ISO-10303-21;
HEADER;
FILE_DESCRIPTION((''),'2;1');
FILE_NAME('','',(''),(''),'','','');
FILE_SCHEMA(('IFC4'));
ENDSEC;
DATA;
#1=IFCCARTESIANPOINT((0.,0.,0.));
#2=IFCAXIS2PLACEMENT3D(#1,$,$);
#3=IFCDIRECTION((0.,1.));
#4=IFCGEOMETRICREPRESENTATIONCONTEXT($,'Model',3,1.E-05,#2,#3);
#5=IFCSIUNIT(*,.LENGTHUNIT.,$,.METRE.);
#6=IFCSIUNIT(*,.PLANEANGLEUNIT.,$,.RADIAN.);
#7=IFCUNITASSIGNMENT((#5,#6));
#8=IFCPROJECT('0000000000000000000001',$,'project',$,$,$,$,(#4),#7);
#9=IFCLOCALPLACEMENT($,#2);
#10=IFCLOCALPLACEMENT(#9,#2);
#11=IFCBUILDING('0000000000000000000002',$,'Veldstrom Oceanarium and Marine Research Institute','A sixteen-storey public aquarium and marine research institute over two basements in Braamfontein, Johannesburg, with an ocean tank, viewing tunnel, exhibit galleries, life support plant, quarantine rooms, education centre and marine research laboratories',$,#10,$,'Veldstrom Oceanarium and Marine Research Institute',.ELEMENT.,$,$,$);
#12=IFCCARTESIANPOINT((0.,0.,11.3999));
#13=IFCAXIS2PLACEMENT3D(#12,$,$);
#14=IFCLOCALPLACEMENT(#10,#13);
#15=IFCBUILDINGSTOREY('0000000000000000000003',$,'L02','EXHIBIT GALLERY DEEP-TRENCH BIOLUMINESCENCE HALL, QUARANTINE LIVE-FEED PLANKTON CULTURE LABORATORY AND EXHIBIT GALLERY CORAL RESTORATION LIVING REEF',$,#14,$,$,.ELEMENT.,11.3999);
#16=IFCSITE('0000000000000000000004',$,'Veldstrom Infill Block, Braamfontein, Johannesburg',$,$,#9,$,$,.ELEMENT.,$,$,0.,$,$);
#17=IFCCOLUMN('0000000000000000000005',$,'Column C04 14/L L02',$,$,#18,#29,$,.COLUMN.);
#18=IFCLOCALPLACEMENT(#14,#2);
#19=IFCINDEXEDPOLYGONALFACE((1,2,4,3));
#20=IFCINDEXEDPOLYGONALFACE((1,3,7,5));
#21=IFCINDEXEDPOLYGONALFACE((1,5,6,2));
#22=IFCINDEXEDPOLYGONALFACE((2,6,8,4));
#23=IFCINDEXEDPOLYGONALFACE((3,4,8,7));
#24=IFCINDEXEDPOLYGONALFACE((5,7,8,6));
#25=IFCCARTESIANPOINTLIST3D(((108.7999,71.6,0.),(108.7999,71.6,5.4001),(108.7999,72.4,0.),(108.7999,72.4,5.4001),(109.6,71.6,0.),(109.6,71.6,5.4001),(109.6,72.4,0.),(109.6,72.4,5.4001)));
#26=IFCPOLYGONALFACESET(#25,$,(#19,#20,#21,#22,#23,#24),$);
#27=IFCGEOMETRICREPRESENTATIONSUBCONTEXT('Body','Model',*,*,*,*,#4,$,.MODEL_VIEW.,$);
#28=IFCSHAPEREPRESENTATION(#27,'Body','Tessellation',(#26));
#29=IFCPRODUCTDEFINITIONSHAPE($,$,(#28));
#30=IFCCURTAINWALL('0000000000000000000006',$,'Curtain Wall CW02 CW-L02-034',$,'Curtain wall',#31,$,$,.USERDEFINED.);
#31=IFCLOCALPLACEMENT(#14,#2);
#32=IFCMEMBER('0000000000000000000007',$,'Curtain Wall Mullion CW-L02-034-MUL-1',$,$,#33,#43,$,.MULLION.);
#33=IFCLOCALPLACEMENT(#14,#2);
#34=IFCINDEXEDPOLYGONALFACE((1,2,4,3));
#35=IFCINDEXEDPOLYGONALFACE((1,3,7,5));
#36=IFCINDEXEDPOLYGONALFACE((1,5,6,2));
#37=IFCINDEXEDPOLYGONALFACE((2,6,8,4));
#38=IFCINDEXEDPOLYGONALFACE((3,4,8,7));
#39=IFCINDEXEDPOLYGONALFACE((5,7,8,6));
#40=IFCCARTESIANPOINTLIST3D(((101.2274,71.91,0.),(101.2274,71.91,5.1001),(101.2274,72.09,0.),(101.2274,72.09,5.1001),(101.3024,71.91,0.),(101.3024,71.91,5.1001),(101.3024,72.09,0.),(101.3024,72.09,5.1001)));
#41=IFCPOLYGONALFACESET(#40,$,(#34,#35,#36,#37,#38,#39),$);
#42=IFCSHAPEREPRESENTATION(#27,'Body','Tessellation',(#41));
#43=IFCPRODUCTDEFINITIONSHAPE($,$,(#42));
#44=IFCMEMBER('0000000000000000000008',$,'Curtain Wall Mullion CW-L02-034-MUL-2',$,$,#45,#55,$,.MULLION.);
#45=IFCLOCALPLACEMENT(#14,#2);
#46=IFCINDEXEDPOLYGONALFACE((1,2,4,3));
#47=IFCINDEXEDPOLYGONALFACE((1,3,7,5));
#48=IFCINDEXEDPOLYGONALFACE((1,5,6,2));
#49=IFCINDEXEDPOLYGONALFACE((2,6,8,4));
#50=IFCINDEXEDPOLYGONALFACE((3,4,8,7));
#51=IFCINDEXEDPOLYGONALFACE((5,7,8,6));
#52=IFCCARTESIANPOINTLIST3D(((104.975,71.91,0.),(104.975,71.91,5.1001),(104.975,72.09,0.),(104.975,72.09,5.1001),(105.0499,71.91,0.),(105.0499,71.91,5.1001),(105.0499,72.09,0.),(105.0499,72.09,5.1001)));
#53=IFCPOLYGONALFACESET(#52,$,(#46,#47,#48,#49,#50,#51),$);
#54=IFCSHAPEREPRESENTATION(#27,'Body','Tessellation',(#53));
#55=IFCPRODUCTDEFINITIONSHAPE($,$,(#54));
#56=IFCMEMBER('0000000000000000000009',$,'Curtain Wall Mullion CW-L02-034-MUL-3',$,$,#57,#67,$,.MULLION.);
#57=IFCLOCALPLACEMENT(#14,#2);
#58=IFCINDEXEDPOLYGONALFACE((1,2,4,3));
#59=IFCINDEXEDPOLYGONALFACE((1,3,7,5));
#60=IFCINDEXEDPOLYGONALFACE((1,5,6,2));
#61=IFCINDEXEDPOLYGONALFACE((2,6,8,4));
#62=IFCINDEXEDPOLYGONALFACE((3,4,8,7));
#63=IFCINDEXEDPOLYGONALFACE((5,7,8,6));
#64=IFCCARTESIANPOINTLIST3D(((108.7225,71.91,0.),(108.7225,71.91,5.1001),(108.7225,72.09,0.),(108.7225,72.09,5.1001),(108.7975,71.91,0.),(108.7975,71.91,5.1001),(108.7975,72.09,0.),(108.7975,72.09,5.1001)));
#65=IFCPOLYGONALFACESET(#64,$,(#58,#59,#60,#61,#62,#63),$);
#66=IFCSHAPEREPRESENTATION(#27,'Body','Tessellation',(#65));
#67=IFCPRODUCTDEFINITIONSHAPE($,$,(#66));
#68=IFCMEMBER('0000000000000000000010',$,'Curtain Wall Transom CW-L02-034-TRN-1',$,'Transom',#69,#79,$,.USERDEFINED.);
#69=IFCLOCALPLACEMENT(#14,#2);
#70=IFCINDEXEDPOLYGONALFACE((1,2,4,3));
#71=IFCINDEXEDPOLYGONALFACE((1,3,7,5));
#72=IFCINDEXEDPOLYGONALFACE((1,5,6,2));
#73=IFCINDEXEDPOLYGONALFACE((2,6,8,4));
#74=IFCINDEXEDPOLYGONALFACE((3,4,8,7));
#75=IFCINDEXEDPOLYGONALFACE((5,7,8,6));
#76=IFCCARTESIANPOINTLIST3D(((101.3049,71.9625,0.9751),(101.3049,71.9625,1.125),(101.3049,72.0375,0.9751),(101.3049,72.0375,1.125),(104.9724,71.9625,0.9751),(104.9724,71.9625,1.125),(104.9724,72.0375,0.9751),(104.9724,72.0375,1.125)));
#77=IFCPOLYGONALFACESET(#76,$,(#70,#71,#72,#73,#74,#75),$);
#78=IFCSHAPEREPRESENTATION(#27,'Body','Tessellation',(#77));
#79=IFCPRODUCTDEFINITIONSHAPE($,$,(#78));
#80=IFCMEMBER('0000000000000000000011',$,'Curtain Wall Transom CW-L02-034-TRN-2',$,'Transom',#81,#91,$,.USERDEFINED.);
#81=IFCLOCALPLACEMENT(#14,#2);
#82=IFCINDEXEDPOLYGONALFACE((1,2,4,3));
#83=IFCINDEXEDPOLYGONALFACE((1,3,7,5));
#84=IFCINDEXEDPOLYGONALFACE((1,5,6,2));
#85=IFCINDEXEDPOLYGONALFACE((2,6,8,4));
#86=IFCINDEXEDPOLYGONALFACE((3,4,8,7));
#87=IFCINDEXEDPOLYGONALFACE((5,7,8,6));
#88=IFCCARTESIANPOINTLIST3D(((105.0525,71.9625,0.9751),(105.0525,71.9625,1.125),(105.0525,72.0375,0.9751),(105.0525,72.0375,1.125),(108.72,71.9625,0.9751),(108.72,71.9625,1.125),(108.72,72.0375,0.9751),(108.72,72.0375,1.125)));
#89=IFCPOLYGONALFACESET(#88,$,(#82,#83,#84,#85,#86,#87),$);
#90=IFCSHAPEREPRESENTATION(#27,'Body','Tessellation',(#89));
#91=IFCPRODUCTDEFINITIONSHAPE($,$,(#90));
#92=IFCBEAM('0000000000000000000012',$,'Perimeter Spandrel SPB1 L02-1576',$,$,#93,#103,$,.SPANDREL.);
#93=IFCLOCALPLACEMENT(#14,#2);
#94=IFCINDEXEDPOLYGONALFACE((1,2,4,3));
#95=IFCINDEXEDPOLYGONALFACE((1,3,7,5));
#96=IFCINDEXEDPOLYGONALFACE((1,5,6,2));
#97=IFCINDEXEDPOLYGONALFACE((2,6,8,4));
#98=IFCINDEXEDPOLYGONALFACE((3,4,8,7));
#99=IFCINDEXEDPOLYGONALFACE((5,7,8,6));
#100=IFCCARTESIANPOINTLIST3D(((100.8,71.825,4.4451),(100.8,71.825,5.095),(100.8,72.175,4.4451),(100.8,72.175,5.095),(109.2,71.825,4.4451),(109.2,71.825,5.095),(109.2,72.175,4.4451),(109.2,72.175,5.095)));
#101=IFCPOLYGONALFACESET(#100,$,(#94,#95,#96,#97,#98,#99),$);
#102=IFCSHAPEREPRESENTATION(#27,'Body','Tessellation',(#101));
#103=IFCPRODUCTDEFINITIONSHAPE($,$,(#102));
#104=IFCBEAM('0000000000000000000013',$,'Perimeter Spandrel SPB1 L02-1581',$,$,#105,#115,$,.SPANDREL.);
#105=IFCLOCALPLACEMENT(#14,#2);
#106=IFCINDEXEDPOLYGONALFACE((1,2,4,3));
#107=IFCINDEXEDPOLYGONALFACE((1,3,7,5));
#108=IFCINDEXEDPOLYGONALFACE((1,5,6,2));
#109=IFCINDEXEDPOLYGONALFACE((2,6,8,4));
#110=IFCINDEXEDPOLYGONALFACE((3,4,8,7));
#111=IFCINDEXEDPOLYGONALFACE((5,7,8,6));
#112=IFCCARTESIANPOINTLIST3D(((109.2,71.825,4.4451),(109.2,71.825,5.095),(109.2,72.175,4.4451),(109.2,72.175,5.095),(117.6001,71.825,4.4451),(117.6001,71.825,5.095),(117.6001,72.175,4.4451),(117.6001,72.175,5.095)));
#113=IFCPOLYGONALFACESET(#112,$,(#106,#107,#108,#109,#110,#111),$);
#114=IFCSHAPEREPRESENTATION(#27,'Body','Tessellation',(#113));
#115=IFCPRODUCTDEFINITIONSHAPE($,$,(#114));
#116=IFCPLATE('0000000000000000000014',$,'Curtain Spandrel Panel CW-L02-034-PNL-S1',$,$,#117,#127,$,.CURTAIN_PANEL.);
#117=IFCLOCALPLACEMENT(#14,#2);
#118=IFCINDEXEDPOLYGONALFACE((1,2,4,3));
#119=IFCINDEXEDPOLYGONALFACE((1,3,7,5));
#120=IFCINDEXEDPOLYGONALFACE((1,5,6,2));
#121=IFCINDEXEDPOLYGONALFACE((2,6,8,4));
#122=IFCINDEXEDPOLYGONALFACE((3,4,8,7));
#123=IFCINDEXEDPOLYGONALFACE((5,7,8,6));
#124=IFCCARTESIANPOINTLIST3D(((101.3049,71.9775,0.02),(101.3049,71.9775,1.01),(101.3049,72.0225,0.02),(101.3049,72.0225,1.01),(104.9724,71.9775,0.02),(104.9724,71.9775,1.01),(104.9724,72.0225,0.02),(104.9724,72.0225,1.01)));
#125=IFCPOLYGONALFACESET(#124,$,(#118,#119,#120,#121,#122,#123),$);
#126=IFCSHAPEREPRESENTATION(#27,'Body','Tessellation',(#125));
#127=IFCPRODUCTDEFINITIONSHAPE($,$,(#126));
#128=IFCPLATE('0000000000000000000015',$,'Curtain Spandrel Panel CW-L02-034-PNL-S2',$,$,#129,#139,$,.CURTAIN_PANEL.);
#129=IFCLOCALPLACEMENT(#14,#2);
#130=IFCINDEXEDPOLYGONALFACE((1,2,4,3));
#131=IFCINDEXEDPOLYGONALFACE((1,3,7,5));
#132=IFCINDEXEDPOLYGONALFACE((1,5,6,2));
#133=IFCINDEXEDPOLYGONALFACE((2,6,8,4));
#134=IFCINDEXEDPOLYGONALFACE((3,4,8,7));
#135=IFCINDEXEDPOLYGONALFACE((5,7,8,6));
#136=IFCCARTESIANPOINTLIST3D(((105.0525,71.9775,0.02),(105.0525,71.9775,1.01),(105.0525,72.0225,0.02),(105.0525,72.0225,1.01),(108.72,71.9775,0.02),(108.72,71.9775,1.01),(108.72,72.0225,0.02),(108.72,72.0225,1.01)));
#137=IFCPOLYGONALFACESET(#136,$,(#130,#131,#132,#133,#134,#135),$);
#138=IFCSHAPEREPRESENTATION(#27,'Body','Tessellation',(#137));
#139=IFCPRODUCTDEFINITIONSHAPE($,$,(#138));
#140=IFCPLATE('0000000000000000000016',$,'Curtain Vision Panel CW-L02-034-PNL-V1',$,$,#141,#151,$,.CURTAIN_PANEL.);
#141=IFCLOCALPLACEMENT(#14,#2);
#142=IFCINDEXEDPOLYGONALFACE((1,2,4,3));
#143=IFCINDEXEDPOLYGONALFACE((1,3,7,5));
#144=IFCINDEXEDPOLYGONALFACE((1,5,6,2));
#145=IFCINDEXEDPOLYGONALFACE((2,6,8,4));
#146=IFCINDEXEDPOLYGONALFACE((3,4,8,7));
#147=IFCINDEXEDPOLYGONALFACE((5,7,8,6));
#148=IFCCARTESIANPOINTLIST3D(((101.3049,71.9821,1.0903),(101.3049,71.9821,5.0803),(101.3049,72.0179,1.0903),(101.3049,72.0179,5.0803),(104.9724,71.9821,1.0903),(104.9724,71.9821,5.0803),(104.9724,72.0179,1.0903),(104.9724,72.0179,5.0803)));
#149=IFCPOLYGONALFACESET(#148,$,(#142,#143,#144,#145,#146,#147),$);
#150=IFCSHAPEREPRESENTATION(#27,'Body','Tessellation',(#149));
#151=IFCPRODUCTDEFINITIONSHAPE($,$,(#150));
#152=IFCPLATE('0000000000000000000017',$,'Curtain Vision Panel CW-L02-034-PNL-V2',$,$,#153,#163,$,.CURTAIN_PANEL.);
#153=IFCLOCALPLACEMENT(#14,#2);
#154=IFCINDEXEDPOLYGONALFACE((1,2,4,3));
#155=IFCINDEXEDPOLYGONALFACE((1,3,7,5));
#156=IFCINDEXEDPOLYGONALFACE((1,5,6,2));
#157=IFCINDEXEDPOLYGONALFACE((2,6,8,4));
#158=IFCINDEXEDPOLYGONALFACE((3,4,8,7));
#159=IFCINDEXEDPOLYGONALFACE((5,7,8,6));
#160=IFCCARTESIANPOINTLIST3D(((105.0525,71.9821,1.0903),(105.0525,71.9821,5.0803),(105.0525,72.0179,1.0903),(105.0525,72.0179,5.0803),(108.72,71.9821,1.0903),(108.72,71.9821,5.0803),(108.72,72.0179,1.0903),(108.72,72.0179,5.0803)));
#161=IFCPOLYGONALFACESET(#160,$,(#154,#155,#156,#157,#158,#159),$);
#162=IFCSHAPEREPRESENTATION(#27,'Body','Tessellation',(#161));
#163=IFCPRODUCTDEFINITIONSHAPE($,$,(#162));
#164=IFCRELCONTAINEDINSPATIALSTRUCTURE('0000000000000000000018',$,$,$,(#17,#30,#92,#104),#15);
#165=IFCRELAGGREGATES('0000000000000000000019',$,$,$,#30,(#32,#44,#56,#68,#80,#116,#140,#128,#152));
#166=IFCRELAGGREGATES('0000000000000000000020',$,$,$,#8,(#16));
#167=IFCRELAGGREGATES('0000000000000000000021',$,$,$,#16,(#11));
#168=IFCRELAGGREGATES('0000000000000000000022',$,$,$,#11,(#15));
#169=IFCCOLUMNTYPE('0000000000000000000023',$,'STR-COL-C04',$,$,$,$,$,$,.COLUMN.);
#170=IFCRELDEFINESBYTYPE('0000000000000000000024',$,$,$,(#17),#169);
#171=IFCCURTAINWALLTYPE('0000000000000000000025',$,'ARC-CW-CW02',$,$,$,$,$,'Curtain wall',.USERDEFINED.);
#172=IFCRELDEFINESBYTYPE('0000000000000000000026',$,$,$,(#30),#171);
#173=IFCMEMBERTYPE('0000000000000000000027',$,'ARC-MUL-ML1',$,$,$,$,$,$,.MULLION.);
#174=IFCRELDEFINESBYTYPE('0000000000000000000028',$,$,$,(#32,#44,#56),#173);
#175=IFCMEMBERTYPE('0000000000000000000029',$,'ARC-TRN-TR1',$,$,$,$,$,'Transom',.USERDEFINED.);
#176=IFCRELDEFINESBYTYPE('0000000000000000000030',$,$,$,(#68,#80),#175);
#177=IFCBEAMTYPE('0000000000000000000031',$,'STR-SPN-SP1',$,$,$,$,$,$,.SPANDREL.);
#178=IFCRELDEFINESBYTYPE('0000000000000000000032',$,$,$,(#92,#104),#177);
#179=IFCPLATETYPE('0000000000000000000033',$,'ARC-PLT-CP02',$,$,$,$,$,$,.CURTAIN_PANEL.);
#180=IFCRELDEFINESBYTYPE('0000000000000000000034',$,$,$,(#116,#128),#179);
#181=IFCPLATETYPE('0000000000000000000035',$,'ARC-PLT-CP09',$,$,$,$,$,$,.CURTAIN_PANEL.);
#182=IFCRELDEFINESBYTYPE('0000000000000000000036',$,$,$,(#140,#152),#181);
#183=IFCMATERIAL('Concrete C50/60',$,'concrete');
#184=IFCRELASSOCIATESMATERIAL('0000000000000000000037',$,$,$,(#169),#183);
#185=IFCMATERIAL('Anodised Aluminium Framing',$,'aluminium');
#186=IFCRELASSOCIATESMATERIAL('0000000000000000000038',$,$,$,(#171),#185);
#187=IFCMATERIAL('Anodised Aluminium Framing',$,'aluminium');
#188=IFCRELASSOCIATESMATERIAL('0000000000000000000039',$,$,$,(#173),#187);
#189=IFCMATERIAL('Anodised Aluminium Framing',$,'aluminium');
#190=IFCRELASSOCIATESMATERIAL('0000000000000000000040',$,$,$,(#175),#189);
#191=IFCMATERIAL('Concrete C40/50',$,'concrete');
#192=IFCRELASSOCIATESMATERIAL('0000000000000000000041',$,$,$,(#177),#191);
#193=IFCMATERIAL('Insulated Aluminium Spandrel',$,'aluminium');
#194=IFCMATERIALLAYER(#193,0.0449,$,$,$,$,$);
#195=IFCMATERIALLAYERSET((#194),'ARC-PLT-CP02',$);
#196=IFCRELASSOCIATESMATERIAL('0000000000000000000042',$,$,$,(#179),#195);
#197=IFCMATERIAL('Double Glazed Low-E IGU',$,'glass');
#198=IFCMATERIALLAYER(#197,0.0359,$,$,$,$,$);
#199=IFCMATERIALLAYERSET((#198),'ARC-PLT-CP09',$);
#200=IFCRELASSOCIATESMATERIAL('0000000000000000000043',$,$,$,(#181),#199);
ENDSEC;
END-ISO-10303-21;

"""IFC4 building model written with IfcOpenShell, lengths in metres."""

from ifc_helpers import new_model, si_unit, direction, frame, origin, origin_2d, place, context, subcontext, project, spatial, rectangle, extrude, material, layer, layer_set, material_profile, profile_set, type_object, element, aggregate, save


model = new_model("IFC4")

# Units and contexts
model_context = context("Model", 3, precision=1e-05, world=origin(), true_north=direction((0.0, 1.0)))
body_context = subcontext(model_context, "Body", "Model", "MODEL_VIEW")
ifc_project = project(units=[si_unit("LENGTHUNIT", "METRE"), si_unit("PLANEANGLEUNIT", "RADIAN")], contexts=[model_context])

# Site, building, storey
site_placement = place(None, origin())
site = spatial("IfcSite", under=ifc_project, at=site_placement, Name="Veldstrom Infill Block, Braamfontein, Johannesburg", CompositionType="ELEMENT", RefElevation=0.0)
building_placement = place(site_placement, origin())
building = spatial("IfcBuilding", under=site, at=building_placement, Name="Veldstrom Oceanarium and Marine Research Institute", Description="A sixteen-storey public aquarium and marine research institute over two basements in Braamfontein, Johannesburg, with an ocean tank, viewing tunnel, exhibit galleries, life support plant, quarantine rooms, education centre and marine research laboratories", LongName="Veldstrom Oceanarium and Marine Research Institute", CompositionType="ELEMENT")
storey_placement = place(building_placement, frame((0.0, 0.0, 11.3999)))
storey = spatial("IfcBuildingStorey", under=building, at=storey_placement, Name="L02", Description="EXHIBIT GALLERY DEEP-TRENCH BIOLUMINESCENCE HALL, QUARANTINE LIVE-FEED PLANKTON CULTURE LABORATORY AND EXHIBIT GALLERY CORAL RESTORATION LIVING REEF", CompositionType="ELEMENT", Elevation=11.3999)

# Column
ifc_material_1 = material(Name="Concrete C50/60", Category="concrete")
ifc_material_profile_1 = material_profile(ifc_material_1, rectangle(XDim=0.8, YDim=0.8, at=origin_2d()), Name="RC-COL-800x800")
ifc_profile_set_1 = profile_set([ifc_material_profile_1], Name="Concrete C50/60")
column_type = type_object("IfcColumnType", Name="STR-COL-C04", PredefinedType="COLUMN", material=ifc_profile_set_1)
column_placement = place(storey_placement, frame((109.2, 72.0, 0.0), z_axis=(0.0, 0.0, 1.0), x_axis=(1.0, 0.0, 0.0)))
element("IfcColumn", 1, at=column_placement, inside=storey, type_object=column_type, Name="Column C04 14/L L02", PredefinedType="COLUMN", context=body_context, shape_type="SweptSolid", body=[
    extrude(rectangle(XDim=0.8, YDim=0.8, at=origin_2d()), origin(), (0.0, 0.0, 1.0), 5.4001),
])

# Curtain wall, members
ifc_material_2 = material(Name="Anodised Aluminium Framing", Category="aluminium")
curtain_wall_type = type_object("IfcCurtainWallType", Name="ARC-CW-CW02", ElementType="Curtain wall", PredefinedType="USERDEFINED", material=ifc_material_2)
curtain_wall_placement = place(storey_placement, origin())
curtain_wall = element("IfcCurtainWall", 2, at=curtain_wall_placement, inside=storey, type_object=curtain_wall_type, Name="Curtain Wall CW02 CW-L02-034", ObjectType="Curtain wall", PredefinedType="USERDEFINED")
ifc_material_3 = material(Name="Anodised Aluminium Framing", Category="aluminium")
ifc_material_profile_2 = material_profile(ifc_material_3, rectangle(XDim=0.075, YDim=0.1799, at=origin_2d()), Name="ALU-MUL-75x180")
ifc_profile_set_2 = profile_set([ifc_material_profile_2], Name="Anodised Aluminium Framing")
member_type_1 = type_object("IfcMemberType", Name="ARC-MUL-ML1", PredefinedType="MULLION", material=ifc_profile_set_2)
member_1_placement = place(storey_placement, frame((101.2649, 72.0, 0.0), z_axis=(0.0, 0.0, 1.0), x_axis=(1.0, 0.0, 0.0)))
member_1 = element("IfcMember", 3, at=member_1_placement, type_object=member_type_1, Name="Curtain Wall Mullion CW-L02-034-MUL-1", PredefinedType="MULLION", context=body_context, shape_type="SweptSolid", body=[
    extrude(rectangle(XDim=0.075, YDim=0.1799, at=origin_2d()), origin(), (0.0, 0.0, 1.0), 5.1001),
])
member_2_placement = place(storey_placement, frame((105.0125, 72.0, 0.0), z_axis=(0.0, 0.0, 1.0), x_axis=(1.0, 0.0, 0.0)))
member_2 = element("IfcMember", 4, at=member_2_placement, type_object=member_type_1, Name="Curtain Wall Mullion CW-L02-034-MUL-2", PredefinedType="MULLION", context=body_context, shape_type="SweptSolid", body=[
    extrude(rectangle(XDim=0.075, YDim=0.1799, at=origin_2d()), origin(), (0.0, 0.0, 1.0), 5.1001),
])
member_3_placement = place(storey_placement, frame((108.76, 72.0, 0.0), z_axis=(0.0, 0.0, 1.0), x_axis=(1.0, 0.0, 0.0)))
member_3 = element("IfcMember", 5, at=member_3_placement, type_object=member_type_1, Name="Curtain Wall Mullion CW-L02-034-MUL-3", PredefinedType="MULLION", context=body_context, shape_type="SweptSolid", body=[
    extrude(rectangle(XDim=0.075, YDim=0.1799, at=origin_2d()), origin(), (0.0, 0.0, 1.0), 5.1001),
])
ifc_material_4 = material(Name="Anodised Aluminium Framing", Category="aluminium")
ifc_material_profile_3 = material_profile(ifc_material_4, rectangle(XDim=0.075, YDim=0.1499, at=origin_2d()), Name="ALU-TRN-75x150")
ifc_profile_set_3 = profile_set([ifc_material_profile_3], Name="Anodised Aluminium Framing")
member_type_2 = type_object("IfcMemberType", Name="ARC-TRN-TR1", ElementType="Transom", PredefinedType="USERDEFINED", material=ifc_profile_set_3)
member_4_placement = place(storey_placement, frame((101.3049, 72.0, 1.05), z_axis=(1.0, 0.0, 0.0), x_axis=(0.0, 1.0, 0.0)))
member_4 = element("IfcMember", 6, at=member_4_placement, type_object=member_type_2, Name="Curtain Wall Transom CW-L02-034-TRN-1", ObjectType="Transom", PredefinedType="USERDEFINED", context=body_context, shape_type="SweptSolid", body=[
    extrude(rectangle(XDim=0.075, YDim=0.1499, at=origin_2d()), origin(), (0.0, 0.0, 1.0), 3.6675),
])
member_5_placement = place(storey_placement, frame((105.0525, 72.0, 1.05), z_axis=(1.0, 0.0, 0.0), x_axis=(0.0, 1.0, 0.0)))
member_5 = element("IfcMember", 7, at=member_5_placement, type_object=member_type_2, Name="Curtain Wall Transom CW-L02-034-TRN-2", ObjectType="Transom", PredefinedType="USERDEFINED", context=body_context, shape_type="SweptSolid", body=[
    extrude(rectangle(XDim=0.075, YDim=0.1499, at=origin_2d()), origin(), (0.0, 0.0, 1.0), 3.6675),
])

# Beams
ifc_material_5 = material(Name="Concrete C40/50", Category="concrete")
ifc_material_profile_4 = material_profile(ifc_material_5, rectangle(XDim=0.3501, YDim=0.6499, at=origin_2d()), Name="RC-SPN-350x650")
ifc_profile_set_4 = profile_set([ifc_material_profile_4], Name="Concrete C40/50")
beam_type = type_object("IfcBeamType", Name="STR-SPN-SP1", PredefinedType="SPANDREL", material=ifc_profile_set_4)
beam_1_placement = place(storey_placement, frame((100.8, 72.0, 4.77), z_axis=(1.0, 0.0, 0.0), x_axis=(0.0, 1.0, 0.0)))
element("IfcBeam", 8, at=beam_1_placement, inside=storey, type_object=beam_type, Name="Perimeter Spandrel SPB1 L02-1576", PredefinedType="SPANDREL", context=body_context, shape_type="SweptSolid", body=[
    extrude(rectangle(XDim=0.3501, YDim=0.6499, at=origin_2d()), origin(), (0.0, 0.0, 1.0), 8.3999),
])
beam_2_placement = place(storey_placement, frame((109.2, 72.0, 4.77), z_axis=(1.0, 0.0, 0.0), x_axis=(0.0, 1.0, 0.0)))
element("IfcBeam", 9, at=beam_2_placement, inside=storey, type_object=beam_type, Name="Perimeter Spandrel SPB1 L02-1581", PredefinedType="SPANDREL", context=body_context, shape_type="SweptSolid", body=[
    extrude(rectangle(XDim=0.3501, YDim=0.6499, at=origin_2d()), origin(), (0.0, 0.0, 1.0), 8.4001),
])

# Plates
ifc_material_6 = material(Name="Insulated Aluminium Spandrel", Category="aluminium")
ifc_layer_1 = layer(ifc_material_6, 0.0449)
ifc_layer_set_1 = layer_set([ifc_layer_1], Name="ARC-PLT-CP02")
plate_type_1 = type_object("IfcPlateType", Name="ARC-PLT-CP02", PredefinedType="CURTAIN_PANEL", material=ifc_layer_set_1)
plate_1_placement = place(storey_placement, frame((103.1387, 72.0, 0.02), z_axis=(0.0, 0.0, 1.0), x_axis=(1.0, 0.0, 0.0)))
plate_1 = element("IfcPlate", 10, at=plate_1_placement, type_object=plate_type_1, Name="Curtain Spandrel Panel CW-L02-034-PNL-S1", PredefinedType="CURTAIN_PANEL", context=body_context, shape_type="SweptSolid", body=[
    extrude(rectangle(XDim=3.6675, YDim=0.0449, at=origin_2d()), origin(), (0.0, 0.0, 1.0), 0.99),
])
plate_2_placement = place(storey_placement, frame((106.8862, 72.0, 0.02), z_axis=(0.0, 0.0, 1.0), x_axis=(1.0, 0.0, 0.0)))
plate_2 = element("IfcPlate", 11, at=plate_2_placement, type_object=plate_type_1, Name="Curtain Spandrel Panel CW-L02-034-PNL-S2", PredefinedType="CURTAIN_PANEL", context=body_context, shape_type="SweptSolid", body=[
    extrude(rectangle(XDim=3.6675, YDim=0.0449, at=origin_2d()), origin(), (0.0, 0.0, 1.0), 0.99),
])
ifc_material_7 = material(Name="Double Glazed Low-E IGU", Category="glass")
ifc_layer_2 = layer(ifc_material_7, 0.0359)
ifc_layer_set_2 = layer_set([ifc_layer_2], Name="ARC-PLT-CP09")
plate_type_2 = type_object("IfcPlateType", Name="ARC-PLT-CP09", PredefinedType="CURTAIN_PANEL", material=ifc_layer_set_2)
plate_3_placement = place(storey_placement, frame((103.1387, 72.0, 1.0903), z_axis=(0.0, 0.0, 1.0), x_axis=(1.0, 0.0, 0.0)))
plate_3 = element("IfcPlate", 12, at=plate_3_placement, type_object=plate_type_2, Name="Curtain Vision Panel CW-L02-034-PNL-V1", PredefinedType="CURTAIN_PANEL", context=body_context, shape_type="SweptSolid", body=[
    extrude(rectangle(XDim=3.6675, YDim=0.0359, at=origin_2d()), origin(), (0.0, 0.0, 1.0), 3.99),
])
plate_4_placement = place(storey_placement, frame((106.8862, 72.0, 1.0903), z_axis=(0.0, 0.0, 1.0), x_axis=(1.0, 0.0, 0.0)))
plate_4 = element("IfcPlate", 13, at=plate_4_placement, type_object=plate_type_2, Name="Curtain Vision Panel CW-L02-034-PNL-V2", PredefinedType="CURTAIN_PANEL", context=body_context, shape_type="SweptSolid", body=[
    extrude(rectangle(XDim=3.6675, YDim=0.0359, at=origin_2d()), origin(), (0.0, 0.0, 1.0), 3.99),
])
aggregate(curtain_wall, [member_1, member_2, member_3, member_4, member_5, plate_1, plate_3, plate_2, plate_4])

save(model, "model.ifc")
